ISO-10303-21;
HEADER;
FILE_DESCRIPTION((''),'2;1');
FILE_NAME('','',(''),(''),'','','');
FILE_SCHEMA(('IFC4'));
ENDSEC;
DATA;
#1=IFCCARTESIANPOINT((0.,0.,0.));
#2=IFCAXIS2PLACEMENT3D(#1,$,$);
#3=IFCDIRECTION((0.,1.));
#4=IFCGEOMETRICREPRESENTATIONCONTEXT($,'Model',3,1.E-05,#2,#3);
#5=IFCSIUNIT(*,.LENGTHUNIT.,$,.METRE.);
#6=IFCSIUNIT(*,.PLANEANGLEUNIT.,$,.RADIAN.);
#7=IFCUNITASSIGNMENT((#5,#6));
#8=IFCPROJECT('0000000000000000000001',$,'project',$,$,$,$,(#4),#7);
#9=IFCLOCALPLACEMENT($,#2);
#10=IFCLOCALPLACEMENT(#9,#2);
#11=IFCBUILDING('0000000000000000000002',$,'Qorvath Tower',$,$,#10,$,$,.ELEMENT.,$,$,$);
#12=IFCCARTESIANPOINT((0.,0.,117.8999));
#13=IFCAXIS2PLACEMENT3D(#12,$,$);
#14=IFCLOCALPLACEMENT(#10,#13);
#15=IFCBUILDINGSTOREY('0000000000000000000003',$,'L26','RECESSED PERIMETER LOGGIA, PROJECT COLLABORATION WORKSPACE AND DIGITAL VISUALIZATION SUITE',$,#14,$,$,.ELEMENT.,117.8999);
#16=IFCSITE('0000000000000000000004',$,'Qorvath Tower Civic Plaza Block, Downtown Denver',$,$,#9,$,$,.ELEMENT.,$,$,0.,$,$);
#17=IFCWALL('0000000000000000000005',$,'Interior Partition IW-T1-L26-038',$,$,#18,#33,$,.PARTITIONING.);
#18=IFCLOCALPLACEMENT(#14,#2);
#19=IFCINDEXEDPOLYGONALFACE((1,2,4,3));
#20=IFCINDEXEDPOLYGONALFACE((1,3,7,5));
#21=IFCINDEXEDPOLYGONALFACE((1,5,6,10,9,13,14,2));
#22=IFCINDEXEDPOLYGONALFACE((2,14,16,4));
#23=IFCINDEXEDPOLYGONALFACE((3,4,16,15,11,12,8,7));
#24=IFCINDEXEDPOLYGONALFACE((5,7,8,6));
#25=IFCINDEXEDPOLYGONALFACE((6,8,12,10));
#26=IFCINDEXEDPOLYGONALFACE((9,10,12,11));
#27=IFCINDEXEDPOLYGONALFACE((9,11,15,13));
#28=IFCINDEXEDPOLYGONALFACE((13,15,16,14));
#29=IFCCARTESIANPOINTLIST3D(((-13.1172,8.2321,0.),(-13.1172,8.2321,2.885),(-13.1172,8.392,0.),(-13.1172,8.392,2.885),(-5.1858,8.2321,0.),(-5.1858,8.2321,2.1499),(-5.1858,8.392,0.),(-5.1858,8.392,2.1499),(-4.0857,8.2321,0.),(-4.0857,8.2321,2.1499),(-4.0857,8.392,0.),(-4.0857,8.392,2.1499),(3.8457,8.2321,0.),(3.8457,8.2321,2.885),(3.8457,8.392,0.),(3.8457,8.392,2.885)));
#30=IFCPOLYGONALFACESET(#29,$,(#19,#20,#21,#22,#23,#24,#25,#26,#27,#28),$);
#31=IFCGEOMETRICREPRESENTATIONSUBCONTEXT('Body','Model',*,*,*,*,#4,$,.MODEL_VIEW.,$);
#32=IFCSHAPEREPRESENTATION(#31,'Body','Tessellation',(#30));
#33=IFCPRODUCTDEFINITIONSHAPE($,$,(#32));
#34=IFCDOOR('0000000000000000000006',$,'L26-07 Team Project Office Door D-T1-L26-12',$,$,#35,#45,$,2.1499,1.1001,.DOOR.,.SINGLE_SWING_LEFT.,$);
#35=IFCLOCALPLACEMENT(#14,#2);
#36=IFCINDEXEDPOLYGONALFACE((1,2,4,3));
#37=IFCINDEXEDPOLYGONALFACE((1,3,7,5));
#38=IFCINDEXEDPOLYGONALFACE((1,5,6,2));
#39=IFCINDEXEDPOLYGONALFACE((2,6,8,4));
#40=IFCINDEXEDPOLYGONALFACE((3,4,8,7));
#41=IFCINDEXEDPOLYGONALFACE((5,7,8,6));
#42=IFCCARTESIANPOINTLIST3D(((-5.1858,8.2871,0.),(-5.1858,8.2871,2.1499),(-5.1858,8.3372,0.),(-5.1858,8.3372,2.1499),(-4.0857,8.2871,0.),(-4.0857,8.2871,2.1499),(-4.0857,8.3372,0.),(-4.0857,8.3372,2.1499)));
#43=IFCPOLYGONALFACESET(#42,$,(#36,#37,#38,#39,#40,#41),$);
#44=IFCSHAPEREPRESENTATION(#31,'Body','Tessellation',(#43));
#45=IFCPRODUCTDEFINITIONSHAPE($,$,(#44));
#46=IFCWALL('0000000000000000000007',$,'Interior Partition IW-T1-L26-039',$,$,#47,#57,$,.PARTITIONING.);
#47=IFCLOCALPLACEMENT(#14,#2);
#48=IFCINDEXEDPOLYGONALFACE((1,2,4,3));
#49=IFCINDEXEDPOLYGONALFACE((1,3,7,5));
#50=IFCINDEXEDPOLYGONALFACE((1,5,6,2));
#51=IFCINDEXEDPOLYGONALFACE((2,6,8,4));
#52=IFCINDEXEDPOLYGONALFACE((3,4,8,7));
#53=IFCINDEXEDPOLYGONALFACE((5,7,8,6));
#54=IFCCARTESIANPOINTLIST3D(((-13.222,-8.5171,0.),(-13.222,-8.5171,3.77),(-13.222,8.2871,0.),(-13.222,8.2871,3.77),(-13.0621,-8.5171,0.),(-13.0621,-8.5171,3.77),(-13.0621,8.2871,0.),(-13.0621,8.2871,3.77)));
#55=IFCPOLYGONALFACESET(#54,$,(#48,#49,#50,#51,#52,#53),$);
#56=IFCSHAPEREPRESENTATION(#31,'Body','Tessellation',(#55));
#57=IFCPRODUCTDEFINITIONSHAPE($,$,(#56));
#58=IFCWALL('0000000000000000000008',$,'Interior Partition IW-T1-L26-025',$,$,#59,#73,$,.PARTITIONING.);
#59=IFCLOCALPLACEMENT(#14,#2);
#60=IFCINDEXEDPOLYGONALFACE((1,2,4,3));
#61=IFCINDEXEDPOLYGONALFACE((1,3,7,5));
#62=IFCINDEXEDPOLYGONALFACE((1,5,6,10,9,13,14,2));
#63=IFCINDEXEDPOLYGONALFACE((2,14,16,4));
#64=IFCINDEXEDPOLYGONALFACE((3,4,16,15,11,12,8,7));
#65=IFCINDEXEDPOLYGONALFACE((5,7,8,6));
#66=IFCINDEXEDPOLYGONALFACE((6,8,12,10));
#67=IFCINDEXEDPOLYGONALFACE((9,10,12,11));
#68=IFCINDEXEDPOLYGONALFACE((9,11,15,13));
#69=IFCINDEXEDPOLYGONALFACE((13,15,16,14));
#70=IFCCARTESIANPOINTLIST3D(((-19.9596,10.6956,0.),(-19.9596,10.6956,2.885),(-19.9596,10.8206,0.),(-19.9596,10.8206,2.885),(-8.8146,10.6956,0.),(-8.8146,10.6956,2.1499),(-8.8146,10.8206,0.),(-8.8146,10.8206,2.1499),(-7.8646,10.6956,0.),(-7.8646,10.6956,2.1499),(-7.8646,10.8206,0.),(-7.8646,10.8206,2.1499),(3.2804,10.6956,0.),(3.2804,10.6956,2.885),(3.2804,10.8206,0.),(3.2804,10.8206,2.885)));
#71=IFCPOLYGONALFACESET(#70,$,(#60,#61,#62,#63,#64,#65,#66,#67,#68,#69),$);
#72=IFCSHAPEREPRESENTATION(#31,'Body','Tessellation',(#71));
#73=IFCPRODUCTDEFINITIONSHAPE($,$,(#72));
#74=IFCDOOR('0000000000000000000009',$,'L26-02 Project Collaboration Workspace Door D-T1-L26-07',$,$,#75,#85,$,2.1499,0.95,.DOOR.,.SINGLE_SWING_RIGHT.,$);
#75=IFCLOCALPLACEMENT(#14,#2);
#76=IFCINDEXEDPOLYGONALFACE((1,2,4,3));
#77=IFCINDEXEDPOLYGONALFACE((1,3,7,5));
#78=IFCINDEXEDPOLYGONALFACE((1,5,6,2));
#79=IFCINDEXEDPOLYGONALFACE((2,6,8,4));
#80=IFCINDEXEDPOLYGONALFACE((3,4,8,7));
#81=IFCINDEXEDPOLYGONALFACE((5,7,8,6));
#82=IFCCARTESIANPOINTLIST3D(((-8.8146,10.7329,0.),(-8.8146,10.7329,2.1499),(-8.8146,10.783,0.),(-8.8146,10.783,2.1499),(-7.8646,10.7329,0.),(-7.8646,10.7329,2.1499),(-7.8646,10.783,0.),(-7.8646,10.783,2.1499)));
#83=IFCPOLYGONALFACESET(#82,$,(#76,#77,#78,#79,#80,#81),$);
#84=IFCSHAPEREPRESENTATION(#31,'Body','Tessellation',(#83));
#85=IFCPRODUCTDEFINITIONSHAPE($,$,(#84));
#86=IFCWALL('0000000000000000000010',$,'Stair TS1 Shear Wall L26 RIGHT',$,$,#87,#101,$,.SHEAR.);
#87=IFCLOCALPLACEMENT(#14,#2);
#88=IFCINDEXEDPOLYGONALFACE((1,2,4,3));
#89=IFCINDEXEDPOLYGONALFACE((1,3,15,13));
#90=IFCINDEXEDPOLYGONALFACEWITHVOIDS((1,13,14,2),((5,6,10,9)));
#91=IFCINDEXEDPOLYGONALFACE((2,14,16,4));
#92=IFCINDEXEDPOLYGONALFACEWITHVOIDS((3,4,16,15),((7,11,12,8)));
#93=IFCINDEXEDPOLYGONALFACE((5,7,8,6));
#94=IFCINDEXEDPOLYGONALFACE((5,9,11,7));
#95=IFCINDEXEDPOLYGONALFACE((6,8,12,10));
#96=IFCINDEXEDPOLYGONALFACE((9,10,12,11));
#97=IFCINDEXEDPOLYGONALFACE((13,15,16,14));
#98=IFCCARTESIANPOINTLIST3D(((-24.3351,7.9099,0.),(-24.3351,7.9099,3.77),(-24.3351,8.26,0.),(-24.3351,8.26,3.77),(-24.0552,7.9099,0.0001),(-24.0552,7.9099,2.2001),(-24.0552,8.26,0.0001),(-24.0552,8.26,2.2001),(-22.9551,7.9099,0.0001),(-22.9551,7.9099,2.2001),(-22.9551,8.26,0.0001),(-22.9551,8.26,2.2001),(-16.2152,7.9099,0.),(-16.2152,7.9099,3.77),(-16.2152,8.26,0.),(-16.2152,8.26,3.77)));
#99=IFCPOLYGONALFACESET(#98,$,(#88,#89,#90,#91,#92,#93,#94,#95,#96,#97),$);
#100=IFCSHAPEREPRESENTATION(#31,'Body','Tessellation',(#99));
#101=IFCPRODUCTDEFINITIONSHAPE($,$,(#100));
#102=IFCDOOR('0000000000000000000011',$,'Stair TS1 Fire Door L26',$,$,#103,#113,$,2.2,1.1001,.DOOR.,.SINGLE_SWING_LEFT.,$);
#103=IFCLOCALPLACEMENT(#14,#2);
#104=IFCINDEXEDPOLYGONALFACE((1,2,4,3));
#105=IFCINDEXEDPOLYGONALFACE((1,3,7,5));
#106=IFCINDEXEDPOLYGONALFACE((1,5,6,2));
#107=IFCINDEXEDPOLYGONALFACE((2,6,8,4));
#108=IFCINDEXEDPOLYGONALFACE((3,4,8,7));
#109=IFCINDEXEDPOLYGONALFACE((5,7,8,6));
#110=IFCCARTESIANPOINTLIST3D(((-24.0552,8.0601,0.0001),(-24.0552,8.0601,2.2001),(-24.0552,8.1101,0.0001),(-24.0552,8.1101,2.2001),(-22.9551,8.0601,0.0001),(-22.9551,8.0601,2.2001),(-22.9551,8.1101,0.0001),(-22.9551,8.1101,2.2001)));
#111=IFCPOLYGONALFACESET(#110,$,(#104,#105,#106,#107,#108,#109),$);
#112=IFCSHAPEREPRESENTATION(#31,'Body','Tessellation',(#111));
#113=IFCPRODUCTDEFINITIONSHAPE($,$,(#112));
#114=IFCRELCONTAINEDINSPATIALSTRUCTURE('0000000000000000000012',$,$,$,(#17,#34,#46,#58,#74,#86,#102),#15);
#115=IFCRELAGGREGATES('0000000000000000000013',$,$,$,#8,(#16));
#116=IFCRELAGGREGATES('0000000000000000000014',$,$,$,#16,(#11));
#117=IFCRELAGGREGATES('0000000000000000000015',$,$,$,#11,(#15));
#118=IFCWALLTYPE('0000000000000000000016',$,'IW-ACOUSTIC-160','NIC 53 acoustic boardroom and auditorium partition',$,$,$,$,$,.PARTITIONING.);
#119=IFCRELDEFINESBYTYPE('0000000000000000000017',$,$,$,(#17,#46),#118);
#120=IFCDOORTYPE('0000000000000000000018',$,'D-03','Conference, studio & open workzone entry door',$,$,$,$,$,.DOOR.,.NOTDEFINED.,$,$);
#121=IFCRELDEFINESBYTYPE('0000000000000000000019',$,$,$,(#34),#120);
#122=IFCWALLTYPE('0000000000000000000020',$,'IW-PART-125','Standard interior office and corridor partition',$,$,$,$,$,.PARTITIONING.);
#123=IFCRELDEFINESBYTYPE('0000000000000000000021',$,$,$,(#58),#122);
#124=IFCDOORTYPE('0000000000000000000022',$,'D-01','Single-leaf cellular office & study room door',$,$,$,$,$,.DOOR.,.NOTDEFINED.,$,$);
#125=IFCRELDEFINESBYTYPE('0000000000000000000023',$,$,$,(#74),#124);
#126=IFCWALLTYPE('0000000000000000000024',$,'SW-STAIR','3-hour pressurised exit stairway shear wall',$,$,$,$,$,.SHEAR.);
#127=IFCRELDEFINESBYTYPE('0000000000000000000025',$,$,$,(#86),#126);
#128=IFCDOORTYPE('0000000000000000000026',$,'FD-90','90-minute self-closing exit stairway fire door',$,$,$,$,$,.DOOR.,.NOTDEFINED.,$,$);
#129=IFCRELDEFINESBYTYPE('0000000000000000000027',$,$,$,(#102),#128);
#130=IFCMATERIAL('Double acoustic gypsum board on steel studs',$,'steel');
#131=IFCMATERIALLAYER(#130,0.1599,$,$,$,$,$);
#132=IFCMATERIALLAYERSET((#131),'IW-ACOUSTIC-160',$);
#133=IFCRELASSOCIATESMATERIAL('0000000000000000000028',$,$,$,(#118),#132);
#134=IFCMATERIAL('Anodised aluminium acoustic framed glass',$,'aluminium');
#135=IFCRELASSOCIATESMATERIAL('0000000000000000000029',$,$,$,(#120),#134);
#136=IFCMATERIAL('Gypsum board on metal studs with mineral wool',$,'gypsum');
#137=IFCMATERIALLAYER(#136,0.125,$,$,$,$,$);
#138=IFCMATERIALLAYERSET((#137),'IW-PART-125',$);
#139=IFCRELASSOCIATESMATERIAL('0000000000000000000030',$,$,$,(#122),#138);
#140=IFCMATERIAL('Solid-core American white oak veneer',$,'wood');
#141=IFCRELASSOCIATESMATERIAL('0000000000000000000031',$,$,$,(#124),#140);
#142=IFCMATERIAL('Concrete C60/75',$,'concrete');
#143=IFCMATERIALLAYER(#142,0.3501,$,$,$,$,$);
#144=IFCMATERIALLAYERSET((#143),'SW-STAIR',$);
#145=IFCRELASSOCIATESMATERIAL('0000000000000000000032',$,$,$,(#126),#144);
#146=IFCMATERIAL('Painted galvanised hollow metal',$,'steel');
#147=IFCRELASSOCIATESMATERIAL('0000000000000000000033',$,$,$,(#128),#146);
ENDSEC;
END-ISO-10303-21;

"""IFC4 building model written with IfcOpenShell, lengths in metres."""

from ifc_helpers import new_model, si_unit, direction, frame, frame_2d, origin, place, context, subcontext, project, spatial, rectangle, extrude, material, layer, layer_set, type_object, element, fill, save


model = new_model("IFC4")

# Units and contexts
model_context = context("Model", 3, precision=1e-05, world=origin(), true_north=direction((0.0, 1.0)))
body_context = subcontext(model_context, "Body", "Model", "MODEL_VIEW")
ifc_project = project(units=[si_unit("LENGTHUNIT", "METRE"), si_unit("PLANEANGLEUNIT", "RADIAN")], contexts=[model_context])

# Site, building, storey
site_placement = place(None, origin())
site = spatial("IfcSite", under=ifc_project, at=site_placement, Name="Qorvath Tower Civic Plaza Block, Downtown Denver", CompositionType="ELEMENT", RefElevation=0.0)
building_placement = place(site_placement, origin())
building = spatial("IfcBuilding", under=site, at=building_placement, Name="Qorvath Tower", CompositionType="ELEMENT")
storey_placement = place(building_placement, frame((0.0, 0.0, 117.8999)))
storey = spatial("IfcBuildingStorey", under=building, at=storey_placement, Name="L26", Description="RECESSED PERIMETER LOGGIA, PROJECT COLLABORATION WORKSPACE AND DIGITAL VISUALIZATION SUITE", CompositionType="ELEMENT", Elevation=117.8999)

# Shared definitions
ifc_material_1 = material(Name="Double acoustic gypsum board on steel studs", Category="steel")
ifc_layer_1 = layer(ifc_material_1, 0.1599)
ifc_layer_set_1 = layer_set([ifc_layer_1], Name="IW-ACOUSTIC-160")
wall_type_1 = type_object("IfcWallType", Name="IW-ACOUSTIC-160", Description="NIC 53 acoustic boardroom and auditorium partition", PredefinedType="PARTITIONING", material=ifc_layer_set_1)

# Wall, opening, door
wall_1_placement = place(storey_placement, frame((3.8457, 8.312, 0.0), z_axis=(0.0, 0.0, 1.0), x_axis=(-1.0, 0.0, 0.0)))
wall_1 = element("IfcWall", 1, at=wall_1_placement, inside=storey, type_object=wall_type_1, Name="Interior Partition IW-T1-L26-038", PredefinedType="PARTITIONING", context=body_context, shape_type="SweptSolid", body=[
    extrude(rectangle(XDim=16.9629, YDim=0.1599, at=frame_2d((8.4814, 0.0))), origin(), (0.0, 0.0, 1.0), 2.885),
])
opening_1_placement = place(wall_1_placement, frame((7.9314, 0.0, 0.0)))
opening_1 = element("IfcOpeningElement", 2, at=opening_1_placement, cuts=wall_1, PredefinedType="OPENING", context=body_context, shape_type="SweptSolid", body=[
    extrude(rectangle(XDim=1.1001, YDim=2.1499, at=frame_2d((0.55, 1.075))), frame((0.0, 0.0898, 0.0), z_axis=(0.0, -1.0, 0.0), x_axis=(1.0, 0.0, 0.0)), (0.0, 0.0, 1.0), 0.1799),
])
ifc_material_2 = material(Name="Anodised aluminium acoustic framed glass", Category="aluminium")
door_type_1 = type_object("IfcDoorType", Name="D-03", Description="Conference, studio & open workzone entry door", OperationType="NOTDEFINED", PredefinedType="DOOR", material=ifc_material_2)
door_1_placement = place(opening_1_placement, origin())
door_1 = element("IfcDoor", 3, at=door_1_placement, inside=storey, type_object=door_type_1, Name="L26-07 Team Project Office Door D-T1-L26-12", OperationType="SINGLE_SWING_LEFT", OverallHeight=2.1499, OverallWidth=1.1001, PredefinedType="DOOR", context=body_context, shape_type="SweptSolid", body=[
    extrude(rectangle(XDim=1.1001, YDim=2.1499, at=frame_2d((0.55, 1.075))), frame((0.0, 0.0249, 0.0), z_axis=(0.0, -1.0, 0.0), x_axis=(1.0, 0.0, 0.0)), (0.0, 0.0, 1.0), 0.05),
])
fill(opening_1, door_1)

# Wall
wall_2_placement = place(storey_placement, frame((-13.1421, 8.2871, 0.0), z_axis=(0.0, 0.0, 1.0), x_axis=(0.0, -1.0, 0.0)))
element("IfcWall", 4, at=wall_2_placement, inside=storey, type_object=wall_type_1, Name="Interior Partition IW-T1-L26-039", PredefinedType="PARTITIONING", context=body_context, shape_type="SweptSolid", body=[
    extrude(rectangle(XDim=16.8042, YDim=0.1599, at=frame_2d((8.4021, 0.0))), origin(), (0.0, 0.0, 1.0), 3.77),
])

# Walls, openings, doors
ifc_material_3 = material(Name="Gypsum board on metal studs with mineral wool", Category="gypsum")
ifc_layer_2 = layer(ifc_material_3, 0.125)
ifc_layer_set_2 = layer_set([ifc_layer_2], Name="IW-PART-125")
wall_type_2 = type_object("IfcWallType", Name="IW-PART-125", Description="Standard interior office and corridor partition", PredefinedType="PARTITIONING", material=ifc_layer_set_2)
wall_3_placement = place(storey_placement, frame((-19.9597, 10.7581, 0.0), z_axis=(0.0, 0.0, 1.0), x_axis=(1.0, 0.0, 0.0)))
wall_3 = element("IfcWall", 5, at=wall_3_placement, inside=storey, type_object=wall_type_2, Name="Interior Partition IW-T1-L26-025", PredefinedType="PARTITIONING", context=body_context, shape_type="SweptSolid", body=[
    extrude(rectangle(XDim=23.24, YDim=0.125, at=frame_2d((11.6201, 0.0))), origin(), (0.0, 0.0, 1.0), 2.885),
])
opening_2_placement = place(wall_3_placement, frame((11.145, 0.0, 0.0)))
opening_2 = element("IfcOpeningElement", 6, at=opening_2_placement, cuts=wall_3, PredefinedType="OPENING", context=body_context, shape_type="SweptSolid", body=[
    extrude(rectangle(XDim=0.95, YDim=2.1499, at=frame_2d((0.4751, 1.075))), frame((0.0, 0.0725, 0.0), z_axis=(0.0, -1.0, 0.0), x_axis=(1.0, 0.0, 0.0)), (0.0, 0.0, 1.0), 0.145),
])
ifc_material_4 = material(Name="Solid-core American white oak veneer", Category="wood")
door_type_2 = type_object("IfcDoorType", Name="D-01", Description="Single-leaf cellular office & study room door", OperationType="NOTDEFINED", PredefinedType="DOOR", material=ifc_material_4)
door_2_placement = place(opening_2_placement, origin())
door_2 = element("IfcDoor", 7, at=door_2_placement, inside=storey, type_object=door_type_2, Name="L26-02 Project Collaboration Workspace Door D-T1-L26-07", OperationType="SINGLE_SWING_RIGHT", OverallHeight=2.1499, OverallWidth=0.95, PredefinedType="DOOR", context=body_context, shape_type="SweptSolid", body=[
    extrude(rectangle(XDim=0.95, YDim=2.1499, at=frame_2d((0.4751, 1.075))), frame((0.0, 0.0249, 0.0), z_axis=(0.0, -1.0, 0.0), x_axis=(1.0, 0.0, 0.0)), (0.0, 0.0, 1.0), 0.05),
])
fill(opening_2, door_2)
ifc_material_5 = material(Name="Concrete C60/75", Category="concrete")
ifc_layer_3 = layer(ifc_material_5, 0.3501)
ifc_layer_set_3 = layer_set([ifc_layer_3], Name="SW-STAIR")
wall_type_3 = type_object("IfcWallType", Name="SW-STAIR", Description="3-hour pressurised exit stairway shear wall", PredefinedType="SHEAR", material=ifc_layer_set_3)
wall_4_placement = place(storey_placement, frame((-16.2151, 8.085, 0.0), z_axis=(0.0, 0.0, 1.0), x_axis=(-1.0, 0.0, 0.0)))
wall_4 = element("IfcWall", 8, at=wall_4_placement, inside=storey, type_object=wall_type_3, Name="Stair TS1 Shear Wall L26 RIGHT", PredefinedType="SHEAR", context=body_context, shape_type="SweptSolid", body=[
    extrude(rectangle(XDim=8.1199, YDim=0.3501, at=frame_2d((4.0601, 0.0))), origin(), (0.0, 0.0, 1.0), 3.77),
])
opening_3_placement = place(wall_4_placement, frame((6.74, 0.0, 0.0)))
opening_3 = element("IfcOpeningElement", 9, at=opening_3_placement, cuts=wall_4, PredefinedType="OPENING", context=body_context, shape_type="SweptSolid", body=[
    extrude(rectangle(XDim=1.1001, YDim=2.2, at=frame_2d((0.55, 1.1001))), frame((0.0, 0.1851, 0.0), z_axis=(0.0, -1.0, 0.0), x_axis=(1.0, 0.0, 0.0)), (0.0, 0.0, 1.0), 0.3701),
])
ifc_material_6 = material(Name="Painted galvanised hollow metal", Category="steel")
door_type_3 = type_object("IfcDoorType", Name="FD-90", Description="90-minute self-closing exit stairway fire door", OperationType="NOTDEFINED", PredefinedType="DOOR", material=ifc_material_6)
door_3_placement = place(opening_3_placement, origin())
door_3 = element("IfcDoor", 10, at=door_3_placement, inside=storey, type_object=door_type_3, Name="Stair TS1 Fire Door L26", OperationType="SINGLE_SWING_LEFT", OverallHeight=2.2, OverallWidth=1.1001, PredefinedType="DOOR", context=body_context, shape_type="SweptSolid", body=[
    extrude(rectangle(XDim=1.1001, YDim=2.2, at=frame_2d((0.55, 1.1001))), frame((0.0, 0.0249, 0.0), z_axis=(0.0, -1.0, 0.0), x_axis=(1.0, 0.0, 0.0)), (0.0, 0.0, 1.0), 0.05),
])
fill(opening_3, door_3)

save(model, "model.ifc")
